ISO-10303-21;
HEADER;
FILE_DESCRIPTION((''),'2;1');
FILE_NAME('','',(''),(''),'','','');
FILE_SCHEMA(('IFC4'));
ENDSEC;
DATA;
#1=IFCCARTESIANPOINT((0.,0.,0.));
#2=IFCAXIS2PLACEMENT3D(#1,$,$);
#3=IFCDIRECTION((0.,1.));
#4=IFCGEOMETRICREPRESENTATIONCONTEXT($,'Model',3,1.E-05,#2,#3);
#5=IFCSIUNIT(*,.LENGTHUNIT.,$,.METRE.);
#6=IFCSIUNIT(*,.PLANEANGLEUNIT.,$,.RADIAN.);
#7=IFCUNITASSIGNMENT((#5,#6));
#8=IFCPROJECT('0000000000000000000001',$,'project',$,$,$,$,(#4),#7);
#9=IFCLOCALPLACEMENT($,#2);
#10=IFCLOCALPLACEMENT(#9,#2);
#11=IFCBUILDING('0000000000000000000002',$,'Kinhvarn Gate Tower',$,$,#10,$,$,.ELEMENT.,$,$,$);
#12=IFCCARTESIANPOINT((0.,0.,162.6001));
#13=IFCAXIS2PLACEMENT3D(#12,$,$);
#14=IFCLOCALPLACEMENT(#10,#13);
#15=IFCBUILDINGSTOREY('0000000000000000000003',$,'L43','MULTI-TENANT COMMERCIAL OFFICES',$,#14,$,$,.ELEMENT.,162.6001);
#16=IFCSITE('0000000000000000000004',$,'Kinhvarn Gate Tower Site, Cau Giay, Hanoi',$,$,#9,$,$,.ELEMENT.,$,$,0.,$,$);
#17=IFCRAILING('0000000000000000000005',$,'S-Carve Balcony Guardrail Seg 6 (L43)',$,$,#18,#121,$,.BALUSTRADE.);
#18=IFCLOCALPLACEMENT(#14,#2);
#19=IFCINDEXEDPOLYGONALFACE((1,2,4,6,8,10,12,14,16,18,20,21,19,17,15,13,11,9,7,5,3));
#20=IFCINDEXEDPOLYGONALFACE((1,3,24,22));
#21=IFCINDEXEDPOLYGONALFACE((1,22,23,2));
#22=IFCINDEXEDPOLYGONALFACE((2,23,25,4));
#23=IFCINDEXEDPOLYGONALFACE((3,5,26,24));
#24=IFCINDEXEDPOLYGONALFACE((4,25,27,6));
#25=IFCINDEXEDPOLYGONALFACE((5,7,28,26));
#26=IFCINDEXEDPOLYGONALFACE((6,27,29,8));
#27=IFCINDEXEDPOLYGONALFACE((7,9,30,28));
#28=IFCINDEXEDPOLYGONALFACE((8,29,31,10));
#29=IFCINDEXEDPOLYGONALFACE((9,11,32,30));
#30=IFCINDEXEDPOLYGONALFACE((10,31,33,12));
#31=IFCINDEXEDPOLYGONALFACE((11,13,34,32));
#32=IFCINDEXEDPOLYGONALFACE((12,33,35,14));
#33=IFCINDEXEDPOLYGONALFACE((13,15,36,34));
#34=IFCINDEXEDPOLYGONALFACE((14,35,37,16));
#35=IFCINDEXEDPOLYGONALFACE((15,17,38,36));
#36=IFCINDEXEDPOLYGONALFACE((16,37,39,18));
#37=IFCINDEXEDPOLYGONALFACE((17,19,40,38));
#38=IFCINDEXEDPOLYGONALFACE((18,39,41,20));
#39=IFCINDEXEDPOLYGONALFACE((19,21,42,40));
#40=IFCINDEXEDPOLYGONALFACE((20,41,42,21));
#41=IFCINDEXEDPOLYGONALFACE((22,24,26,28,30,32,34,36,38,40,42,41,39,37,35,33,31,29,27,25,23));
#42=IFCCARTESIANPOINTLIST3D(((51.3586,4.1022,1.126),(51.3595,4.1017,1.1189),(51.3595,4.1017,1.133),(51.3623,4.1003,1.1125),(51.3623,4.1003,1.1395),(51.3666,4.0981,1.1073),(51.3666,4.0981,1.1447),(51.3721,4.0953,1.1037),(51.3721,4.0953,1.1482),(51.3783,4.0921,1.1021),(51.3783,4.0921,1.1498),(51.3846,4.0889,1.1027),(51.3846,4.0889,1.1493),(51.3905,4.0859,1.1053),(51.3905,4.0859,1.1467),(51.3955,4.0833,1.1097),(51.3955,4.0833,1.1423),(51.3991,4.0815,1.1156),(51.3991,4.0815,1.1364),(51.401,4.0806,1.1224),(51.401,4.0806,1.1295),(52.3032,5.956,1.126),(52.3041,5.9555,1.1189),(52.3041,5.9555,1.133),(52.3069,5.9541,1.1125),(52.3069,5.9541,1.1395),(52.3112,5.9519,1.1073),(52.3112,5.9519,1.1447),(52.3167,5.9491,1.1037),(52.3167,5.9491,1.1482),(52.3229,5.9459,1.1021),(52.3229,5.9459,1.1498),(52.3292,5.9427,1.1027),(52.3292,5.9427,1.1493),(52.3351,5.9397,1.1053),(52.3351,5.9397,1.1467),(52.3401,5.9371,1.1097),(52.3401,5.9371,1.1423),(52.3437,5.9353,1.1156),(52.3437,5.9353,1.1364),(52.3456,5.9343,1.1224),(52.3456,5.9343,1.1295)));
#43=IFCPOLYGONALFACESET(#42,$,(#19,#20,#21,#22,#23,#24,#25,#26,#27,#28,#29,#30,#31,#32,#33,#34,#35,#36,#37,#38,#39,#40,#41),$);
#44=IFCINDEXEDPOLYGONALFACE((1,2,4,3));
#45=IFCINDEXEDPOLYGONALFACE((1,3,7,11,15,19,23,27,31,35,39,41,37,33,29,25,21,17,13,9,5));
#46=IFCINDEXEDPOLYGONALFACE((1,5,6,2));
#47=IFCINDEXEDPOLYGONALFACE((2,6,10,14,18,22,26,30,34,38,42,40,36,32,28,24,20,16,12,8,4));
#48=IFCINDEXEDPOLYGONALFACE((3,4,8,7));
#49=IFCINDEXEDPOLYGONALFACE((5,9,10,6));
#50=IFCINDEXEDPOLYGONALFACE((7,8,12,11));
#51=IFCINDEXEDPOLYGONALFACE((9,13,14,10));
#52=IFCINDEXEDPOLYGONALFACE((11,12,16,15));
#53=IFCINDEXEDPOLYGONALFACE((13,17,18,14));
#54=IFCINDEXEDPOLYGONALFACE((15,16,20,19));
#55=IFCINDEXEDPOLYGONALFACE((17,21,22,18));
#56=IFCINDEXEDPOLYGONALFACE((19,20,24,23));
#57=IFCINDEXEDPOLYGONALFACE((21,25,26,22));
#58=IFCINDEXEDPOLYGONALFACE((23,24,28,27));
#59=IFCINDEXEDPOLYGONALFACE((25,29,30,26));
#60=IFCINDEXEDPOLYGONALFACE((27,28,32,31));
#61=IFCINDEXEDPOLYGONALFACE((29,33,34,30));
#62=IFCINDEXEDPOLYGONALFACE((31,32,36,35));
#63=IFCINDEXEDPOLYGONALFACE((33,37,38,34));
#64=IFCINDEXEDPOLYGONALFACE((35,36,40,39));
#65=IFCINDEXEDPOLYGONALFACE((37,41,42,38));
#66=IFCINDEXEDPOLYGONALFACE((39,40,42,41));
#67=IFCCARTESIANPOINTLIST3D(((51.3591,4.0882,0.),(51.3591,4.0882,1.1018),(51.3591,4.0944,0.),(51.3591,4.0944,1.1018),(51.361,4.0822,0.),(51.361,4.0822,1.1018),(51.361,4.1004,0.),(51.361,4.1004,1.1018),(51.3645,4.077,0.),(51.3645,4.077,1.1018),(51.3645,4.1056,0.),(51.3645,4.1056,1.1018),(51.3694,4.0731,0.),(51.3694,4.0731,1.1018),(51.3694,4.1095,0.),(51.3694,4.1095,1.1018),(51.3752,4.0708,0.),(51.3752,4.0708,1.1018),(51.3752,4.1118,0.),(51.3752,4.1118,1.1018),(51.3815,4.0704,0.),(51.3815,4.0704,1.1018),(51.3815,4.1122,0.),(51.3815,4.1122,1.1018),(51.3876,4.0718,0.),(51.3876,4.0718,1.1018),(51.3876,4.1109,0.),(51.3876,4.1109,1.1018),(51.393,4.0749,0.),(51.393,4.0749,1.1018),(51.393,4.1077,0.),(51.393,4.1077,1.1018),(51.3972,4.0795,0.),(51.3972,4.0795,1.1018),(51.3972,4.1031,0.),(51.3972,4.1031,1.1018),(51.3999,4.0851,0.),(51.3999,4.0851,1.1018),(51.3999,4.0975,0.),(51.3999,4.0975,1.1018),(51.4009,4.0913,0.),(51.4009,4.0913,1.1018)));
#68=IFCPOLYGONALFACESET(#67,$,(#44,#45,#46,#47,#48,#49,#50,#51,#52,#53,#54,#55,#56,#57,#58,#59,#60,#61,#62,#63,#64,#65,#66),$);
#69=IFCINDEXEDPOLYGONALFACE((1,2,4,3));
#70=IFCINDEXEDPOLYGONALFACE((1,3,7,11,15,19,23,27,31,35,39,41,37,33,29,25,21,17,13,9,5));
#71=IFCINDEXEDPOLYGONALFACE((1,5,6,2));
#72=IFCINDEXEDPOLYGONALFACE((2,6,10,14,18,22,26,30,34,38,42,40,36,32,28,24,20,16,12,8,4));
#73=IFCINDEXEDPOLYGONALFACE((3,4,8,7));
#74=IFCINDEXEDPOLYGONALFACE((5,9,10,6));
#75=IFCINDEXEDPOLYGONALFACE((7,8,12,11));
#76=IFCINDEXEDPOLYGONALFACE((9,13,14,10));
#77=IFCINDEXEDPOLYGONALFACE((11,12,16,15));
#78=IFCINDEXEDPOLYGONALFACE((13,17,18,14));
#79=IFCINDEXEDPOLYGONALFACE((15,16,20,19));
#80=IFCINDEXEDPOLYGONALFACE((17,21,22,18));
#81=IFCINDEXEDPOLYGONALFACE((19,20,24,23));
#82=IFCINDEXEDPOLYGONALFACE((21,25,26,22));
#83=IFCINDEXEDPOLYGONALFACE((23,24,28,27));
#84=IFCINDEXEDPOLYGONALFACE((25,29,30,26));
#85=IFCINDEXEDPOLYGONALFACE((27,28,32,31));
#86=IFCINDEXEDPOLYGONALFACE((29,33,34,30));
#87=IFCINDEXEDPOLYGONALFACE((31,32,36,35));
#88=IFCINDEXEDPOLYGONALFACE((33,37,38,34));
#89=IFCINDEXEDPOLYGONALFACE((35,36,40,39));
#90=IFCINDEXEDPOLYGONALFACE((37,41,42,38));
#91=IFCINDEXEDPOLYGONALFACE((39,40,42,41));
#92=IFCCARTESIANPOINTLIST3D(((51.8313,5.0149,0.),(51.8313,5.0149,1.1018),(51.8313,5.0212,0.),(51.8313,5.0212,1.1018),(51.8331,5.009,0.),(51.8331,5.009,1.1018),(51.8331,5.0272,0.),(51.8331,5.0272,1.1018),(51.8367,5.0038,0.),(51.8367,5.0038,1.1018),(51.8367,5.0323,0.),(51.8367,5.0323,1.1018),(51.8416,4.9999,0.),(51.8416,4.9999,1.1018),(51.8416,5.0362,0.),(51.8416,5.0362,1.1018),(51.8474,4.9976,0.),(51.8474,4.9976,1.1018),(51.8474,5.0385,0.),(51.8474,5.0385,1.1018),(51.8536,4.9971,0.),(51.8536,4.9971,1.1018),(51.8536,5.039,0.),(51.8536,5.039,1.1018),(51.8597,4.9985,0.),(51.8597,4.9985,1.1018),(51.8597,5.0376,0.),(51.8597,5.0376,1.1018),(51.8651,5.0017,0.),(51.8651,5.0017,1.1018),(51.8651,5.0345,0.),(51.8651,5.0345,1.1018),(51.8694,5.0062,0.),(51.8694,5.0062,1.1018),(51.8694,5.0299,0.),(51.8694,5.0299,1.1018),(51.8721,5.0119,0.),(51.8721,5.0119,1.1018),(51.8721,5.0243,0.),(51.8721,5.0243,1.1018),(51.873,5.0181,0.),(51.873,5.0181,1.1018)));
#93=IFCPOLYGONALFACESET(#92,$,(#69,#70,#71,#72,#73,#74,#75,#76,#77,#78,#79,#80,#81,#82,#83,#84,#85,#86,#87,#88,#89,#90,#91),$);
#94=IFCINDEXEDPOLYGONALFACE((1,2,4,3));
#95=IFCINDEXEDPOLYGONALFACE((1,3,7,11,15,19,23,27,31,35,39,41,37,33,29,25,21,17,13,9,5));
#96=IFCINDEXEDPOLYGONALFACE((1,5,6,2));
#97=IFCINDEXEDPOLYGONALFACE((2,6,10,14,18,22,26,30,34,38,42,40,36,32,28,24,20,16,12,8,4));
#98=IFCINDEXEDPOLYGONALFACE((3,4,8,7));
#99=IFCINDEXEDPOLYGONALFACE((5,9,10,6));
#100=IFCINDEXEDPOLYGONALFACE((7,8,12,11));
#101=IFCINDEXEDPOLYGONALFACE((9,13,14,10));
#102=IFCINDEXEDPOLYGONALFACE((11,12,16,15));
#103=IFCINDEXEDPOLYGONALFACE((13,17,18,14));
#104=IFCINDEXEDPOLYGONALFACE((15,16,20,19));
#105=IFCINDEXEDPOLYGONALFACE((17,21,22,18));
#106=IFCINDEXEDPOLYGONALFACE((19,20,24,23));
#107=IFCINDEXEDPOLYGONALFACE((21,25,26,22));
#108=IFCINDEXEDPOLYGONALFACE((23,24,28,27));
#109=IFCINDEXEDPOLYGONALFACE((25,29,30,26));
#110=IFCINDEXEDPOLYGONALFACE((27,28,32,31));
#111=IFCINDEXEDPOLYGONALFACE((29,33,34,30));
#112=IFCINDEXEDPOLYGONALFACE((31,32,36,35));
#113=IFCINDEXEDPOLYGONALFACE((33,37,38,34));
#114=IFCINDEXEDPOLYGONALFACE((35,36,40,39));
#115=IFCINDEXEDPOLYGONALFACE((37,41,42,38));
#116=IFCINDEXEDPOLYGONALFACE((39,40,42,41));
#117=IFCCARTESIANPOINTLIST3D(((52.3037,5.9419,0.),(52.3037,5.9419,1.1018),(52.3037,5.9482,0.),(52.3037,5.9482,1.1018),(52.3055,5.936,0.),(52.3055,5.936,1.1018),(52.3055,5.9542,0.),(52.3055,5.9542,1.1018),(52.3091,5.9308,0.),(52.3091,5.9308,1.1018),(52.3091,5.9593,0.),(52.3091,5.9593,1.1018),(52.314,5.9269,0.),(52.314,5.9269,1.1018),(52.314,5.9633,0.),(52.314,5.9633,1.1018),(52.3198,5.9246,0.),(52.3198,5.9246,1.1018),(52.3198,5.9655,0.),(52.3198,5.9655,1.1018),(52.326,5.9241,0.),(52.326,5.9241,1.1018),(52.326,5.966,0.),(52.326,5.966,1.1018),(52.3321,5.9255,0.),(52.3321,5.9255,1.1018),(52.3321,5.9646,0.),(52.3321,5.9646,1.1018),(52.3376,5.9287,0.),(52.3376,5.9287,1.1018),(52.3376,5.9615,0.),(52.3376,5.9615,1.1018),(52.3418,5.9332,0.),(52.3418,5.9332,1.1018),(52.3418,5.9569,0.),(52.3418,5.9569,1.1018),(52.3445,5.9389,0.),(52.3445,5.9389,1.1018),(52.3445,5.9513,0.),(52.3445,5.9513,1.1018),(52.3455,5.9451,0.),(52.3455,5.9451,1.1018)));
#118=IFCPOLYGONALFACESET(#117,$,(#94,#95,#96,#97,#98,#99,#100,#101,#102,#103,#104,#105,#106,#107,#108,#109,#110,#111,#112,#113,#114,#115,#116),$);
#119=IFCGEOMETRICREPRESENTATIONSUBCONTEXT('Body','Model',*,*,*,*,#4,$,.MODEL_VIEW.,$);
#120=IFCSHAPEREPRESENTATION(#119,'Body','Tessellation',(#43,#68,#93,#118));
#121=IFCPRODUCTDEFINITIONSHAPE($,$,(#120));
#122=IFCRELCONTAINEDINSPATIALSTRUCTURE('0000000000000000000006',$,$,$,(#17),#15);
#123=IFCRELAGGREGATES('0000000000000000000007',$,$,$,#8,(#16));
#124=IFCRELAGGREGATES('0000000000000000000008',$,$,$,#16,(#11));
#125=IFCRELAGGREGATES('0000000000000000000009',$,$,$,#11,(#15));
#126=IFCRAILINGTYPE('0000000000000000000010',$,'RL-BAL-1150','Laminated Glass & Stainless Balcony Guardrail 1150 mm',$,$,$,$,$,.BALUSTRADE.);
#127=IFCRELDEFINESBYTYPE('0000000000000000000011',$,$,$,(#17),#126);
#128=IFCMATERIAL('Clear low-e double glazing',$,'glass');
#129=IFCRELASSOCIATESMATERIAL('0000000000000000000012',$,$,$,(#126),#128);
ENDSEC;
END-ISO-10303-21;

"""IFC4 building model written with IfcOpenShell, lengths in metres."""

from ifc_helpers import new_model, si_unit, direction, frame, origin, origin_2d, place, context, subcontext, project, spatial, circle, extrude, material, type_object, element, save


model = new_model("IFC4")

# Units and contexts
model_context = context("Model", 3, precision=1e-05, world=origin(), true_north=direction((0.0, 1.0)))
body_context = subcontext(model_context, "Body", "Model", "MODEL_VIEW")
ifc_project = project(units=[si_unit("LENGTHUNIT", "METRE"), si_unit("PLANEANGLEUNIT", "RADIAN")], contexts=[model_context])

# Site, building, storey
site_placement = place(None, origin())
site = spatial("IfcSite", under=ifc_project, at=site_placement, Name="Kinhvarn Gate Tower Site, Cau Giay, Hanoi", CompositionType="ELEMENT", RefElevation=0.0)
building_placement = place(site_placement, origin())
building = spatial("IfcBuilding", under=site, at=building_placement, Name="Kinhvarn Gate Tower", CompositionType="ELEMENT")
storey_placement = place(building_placement, frame((0.0, 0.0, 162.6001)))
storey = spatial("IfcBuildingStorey", under=building, at=storey_placement, Name="L43", Description="MULTI-TENANT COMMERCIAL OFFICES", CompositionType="ELEMENT", Elevation=162.6001)

# Shared definitions
ifc_material_1 = material(Name="Clear low-e double glazing", Category="glass")

# Railing
railing_type = type_object("IfcRailingType", Name="RL-BAL-1150", Description="Laminated Glass & Stainless Balcony Guardrail 1150 mm", PredefinedType="BALUSTRADE", material=ifc_material_1)
railing_1_placement = place(storey_placement, frame((51.3799, 4.0913, 0.0)))
element("IfcRailing", 1, at=railing_1_placement, inside=storey, type_object=railing_type, Name="S-Carve Balcony Guardrail Seg 6 (L43)", PredefinedType="BALUSTRADE", context=body_context, shape_type="SweptSolid", body=[
    extrude(circle(Radius=0.0239, at=origin_2d()), frame((0.0, 0.0, 1.126), z_axis=(0.454007, 0.890998, 0.0), x_axis=(-0.890998, 0.454007, 0.0)), (0.0, 0.0, 1.0), 2.0806),
    extrude(circle(Radius=0.021, at=origin_2d()), origin(), (0.0, 0.0, 1.0), 1.1018),
    extrude(circle(Radius=0.021, at=origin_2d()), frame((0.4722, 0.9268, 0.0)), (0.0, 0.0, 1.0), 1.1018),
    extrude(circle(Radius=0.021, at=origin_2d()), frame((0.9446, 1.8538, 0.0)), (0.0, 0.0, 1.0), 1.1018),
])

save(model, "model.ifc")
